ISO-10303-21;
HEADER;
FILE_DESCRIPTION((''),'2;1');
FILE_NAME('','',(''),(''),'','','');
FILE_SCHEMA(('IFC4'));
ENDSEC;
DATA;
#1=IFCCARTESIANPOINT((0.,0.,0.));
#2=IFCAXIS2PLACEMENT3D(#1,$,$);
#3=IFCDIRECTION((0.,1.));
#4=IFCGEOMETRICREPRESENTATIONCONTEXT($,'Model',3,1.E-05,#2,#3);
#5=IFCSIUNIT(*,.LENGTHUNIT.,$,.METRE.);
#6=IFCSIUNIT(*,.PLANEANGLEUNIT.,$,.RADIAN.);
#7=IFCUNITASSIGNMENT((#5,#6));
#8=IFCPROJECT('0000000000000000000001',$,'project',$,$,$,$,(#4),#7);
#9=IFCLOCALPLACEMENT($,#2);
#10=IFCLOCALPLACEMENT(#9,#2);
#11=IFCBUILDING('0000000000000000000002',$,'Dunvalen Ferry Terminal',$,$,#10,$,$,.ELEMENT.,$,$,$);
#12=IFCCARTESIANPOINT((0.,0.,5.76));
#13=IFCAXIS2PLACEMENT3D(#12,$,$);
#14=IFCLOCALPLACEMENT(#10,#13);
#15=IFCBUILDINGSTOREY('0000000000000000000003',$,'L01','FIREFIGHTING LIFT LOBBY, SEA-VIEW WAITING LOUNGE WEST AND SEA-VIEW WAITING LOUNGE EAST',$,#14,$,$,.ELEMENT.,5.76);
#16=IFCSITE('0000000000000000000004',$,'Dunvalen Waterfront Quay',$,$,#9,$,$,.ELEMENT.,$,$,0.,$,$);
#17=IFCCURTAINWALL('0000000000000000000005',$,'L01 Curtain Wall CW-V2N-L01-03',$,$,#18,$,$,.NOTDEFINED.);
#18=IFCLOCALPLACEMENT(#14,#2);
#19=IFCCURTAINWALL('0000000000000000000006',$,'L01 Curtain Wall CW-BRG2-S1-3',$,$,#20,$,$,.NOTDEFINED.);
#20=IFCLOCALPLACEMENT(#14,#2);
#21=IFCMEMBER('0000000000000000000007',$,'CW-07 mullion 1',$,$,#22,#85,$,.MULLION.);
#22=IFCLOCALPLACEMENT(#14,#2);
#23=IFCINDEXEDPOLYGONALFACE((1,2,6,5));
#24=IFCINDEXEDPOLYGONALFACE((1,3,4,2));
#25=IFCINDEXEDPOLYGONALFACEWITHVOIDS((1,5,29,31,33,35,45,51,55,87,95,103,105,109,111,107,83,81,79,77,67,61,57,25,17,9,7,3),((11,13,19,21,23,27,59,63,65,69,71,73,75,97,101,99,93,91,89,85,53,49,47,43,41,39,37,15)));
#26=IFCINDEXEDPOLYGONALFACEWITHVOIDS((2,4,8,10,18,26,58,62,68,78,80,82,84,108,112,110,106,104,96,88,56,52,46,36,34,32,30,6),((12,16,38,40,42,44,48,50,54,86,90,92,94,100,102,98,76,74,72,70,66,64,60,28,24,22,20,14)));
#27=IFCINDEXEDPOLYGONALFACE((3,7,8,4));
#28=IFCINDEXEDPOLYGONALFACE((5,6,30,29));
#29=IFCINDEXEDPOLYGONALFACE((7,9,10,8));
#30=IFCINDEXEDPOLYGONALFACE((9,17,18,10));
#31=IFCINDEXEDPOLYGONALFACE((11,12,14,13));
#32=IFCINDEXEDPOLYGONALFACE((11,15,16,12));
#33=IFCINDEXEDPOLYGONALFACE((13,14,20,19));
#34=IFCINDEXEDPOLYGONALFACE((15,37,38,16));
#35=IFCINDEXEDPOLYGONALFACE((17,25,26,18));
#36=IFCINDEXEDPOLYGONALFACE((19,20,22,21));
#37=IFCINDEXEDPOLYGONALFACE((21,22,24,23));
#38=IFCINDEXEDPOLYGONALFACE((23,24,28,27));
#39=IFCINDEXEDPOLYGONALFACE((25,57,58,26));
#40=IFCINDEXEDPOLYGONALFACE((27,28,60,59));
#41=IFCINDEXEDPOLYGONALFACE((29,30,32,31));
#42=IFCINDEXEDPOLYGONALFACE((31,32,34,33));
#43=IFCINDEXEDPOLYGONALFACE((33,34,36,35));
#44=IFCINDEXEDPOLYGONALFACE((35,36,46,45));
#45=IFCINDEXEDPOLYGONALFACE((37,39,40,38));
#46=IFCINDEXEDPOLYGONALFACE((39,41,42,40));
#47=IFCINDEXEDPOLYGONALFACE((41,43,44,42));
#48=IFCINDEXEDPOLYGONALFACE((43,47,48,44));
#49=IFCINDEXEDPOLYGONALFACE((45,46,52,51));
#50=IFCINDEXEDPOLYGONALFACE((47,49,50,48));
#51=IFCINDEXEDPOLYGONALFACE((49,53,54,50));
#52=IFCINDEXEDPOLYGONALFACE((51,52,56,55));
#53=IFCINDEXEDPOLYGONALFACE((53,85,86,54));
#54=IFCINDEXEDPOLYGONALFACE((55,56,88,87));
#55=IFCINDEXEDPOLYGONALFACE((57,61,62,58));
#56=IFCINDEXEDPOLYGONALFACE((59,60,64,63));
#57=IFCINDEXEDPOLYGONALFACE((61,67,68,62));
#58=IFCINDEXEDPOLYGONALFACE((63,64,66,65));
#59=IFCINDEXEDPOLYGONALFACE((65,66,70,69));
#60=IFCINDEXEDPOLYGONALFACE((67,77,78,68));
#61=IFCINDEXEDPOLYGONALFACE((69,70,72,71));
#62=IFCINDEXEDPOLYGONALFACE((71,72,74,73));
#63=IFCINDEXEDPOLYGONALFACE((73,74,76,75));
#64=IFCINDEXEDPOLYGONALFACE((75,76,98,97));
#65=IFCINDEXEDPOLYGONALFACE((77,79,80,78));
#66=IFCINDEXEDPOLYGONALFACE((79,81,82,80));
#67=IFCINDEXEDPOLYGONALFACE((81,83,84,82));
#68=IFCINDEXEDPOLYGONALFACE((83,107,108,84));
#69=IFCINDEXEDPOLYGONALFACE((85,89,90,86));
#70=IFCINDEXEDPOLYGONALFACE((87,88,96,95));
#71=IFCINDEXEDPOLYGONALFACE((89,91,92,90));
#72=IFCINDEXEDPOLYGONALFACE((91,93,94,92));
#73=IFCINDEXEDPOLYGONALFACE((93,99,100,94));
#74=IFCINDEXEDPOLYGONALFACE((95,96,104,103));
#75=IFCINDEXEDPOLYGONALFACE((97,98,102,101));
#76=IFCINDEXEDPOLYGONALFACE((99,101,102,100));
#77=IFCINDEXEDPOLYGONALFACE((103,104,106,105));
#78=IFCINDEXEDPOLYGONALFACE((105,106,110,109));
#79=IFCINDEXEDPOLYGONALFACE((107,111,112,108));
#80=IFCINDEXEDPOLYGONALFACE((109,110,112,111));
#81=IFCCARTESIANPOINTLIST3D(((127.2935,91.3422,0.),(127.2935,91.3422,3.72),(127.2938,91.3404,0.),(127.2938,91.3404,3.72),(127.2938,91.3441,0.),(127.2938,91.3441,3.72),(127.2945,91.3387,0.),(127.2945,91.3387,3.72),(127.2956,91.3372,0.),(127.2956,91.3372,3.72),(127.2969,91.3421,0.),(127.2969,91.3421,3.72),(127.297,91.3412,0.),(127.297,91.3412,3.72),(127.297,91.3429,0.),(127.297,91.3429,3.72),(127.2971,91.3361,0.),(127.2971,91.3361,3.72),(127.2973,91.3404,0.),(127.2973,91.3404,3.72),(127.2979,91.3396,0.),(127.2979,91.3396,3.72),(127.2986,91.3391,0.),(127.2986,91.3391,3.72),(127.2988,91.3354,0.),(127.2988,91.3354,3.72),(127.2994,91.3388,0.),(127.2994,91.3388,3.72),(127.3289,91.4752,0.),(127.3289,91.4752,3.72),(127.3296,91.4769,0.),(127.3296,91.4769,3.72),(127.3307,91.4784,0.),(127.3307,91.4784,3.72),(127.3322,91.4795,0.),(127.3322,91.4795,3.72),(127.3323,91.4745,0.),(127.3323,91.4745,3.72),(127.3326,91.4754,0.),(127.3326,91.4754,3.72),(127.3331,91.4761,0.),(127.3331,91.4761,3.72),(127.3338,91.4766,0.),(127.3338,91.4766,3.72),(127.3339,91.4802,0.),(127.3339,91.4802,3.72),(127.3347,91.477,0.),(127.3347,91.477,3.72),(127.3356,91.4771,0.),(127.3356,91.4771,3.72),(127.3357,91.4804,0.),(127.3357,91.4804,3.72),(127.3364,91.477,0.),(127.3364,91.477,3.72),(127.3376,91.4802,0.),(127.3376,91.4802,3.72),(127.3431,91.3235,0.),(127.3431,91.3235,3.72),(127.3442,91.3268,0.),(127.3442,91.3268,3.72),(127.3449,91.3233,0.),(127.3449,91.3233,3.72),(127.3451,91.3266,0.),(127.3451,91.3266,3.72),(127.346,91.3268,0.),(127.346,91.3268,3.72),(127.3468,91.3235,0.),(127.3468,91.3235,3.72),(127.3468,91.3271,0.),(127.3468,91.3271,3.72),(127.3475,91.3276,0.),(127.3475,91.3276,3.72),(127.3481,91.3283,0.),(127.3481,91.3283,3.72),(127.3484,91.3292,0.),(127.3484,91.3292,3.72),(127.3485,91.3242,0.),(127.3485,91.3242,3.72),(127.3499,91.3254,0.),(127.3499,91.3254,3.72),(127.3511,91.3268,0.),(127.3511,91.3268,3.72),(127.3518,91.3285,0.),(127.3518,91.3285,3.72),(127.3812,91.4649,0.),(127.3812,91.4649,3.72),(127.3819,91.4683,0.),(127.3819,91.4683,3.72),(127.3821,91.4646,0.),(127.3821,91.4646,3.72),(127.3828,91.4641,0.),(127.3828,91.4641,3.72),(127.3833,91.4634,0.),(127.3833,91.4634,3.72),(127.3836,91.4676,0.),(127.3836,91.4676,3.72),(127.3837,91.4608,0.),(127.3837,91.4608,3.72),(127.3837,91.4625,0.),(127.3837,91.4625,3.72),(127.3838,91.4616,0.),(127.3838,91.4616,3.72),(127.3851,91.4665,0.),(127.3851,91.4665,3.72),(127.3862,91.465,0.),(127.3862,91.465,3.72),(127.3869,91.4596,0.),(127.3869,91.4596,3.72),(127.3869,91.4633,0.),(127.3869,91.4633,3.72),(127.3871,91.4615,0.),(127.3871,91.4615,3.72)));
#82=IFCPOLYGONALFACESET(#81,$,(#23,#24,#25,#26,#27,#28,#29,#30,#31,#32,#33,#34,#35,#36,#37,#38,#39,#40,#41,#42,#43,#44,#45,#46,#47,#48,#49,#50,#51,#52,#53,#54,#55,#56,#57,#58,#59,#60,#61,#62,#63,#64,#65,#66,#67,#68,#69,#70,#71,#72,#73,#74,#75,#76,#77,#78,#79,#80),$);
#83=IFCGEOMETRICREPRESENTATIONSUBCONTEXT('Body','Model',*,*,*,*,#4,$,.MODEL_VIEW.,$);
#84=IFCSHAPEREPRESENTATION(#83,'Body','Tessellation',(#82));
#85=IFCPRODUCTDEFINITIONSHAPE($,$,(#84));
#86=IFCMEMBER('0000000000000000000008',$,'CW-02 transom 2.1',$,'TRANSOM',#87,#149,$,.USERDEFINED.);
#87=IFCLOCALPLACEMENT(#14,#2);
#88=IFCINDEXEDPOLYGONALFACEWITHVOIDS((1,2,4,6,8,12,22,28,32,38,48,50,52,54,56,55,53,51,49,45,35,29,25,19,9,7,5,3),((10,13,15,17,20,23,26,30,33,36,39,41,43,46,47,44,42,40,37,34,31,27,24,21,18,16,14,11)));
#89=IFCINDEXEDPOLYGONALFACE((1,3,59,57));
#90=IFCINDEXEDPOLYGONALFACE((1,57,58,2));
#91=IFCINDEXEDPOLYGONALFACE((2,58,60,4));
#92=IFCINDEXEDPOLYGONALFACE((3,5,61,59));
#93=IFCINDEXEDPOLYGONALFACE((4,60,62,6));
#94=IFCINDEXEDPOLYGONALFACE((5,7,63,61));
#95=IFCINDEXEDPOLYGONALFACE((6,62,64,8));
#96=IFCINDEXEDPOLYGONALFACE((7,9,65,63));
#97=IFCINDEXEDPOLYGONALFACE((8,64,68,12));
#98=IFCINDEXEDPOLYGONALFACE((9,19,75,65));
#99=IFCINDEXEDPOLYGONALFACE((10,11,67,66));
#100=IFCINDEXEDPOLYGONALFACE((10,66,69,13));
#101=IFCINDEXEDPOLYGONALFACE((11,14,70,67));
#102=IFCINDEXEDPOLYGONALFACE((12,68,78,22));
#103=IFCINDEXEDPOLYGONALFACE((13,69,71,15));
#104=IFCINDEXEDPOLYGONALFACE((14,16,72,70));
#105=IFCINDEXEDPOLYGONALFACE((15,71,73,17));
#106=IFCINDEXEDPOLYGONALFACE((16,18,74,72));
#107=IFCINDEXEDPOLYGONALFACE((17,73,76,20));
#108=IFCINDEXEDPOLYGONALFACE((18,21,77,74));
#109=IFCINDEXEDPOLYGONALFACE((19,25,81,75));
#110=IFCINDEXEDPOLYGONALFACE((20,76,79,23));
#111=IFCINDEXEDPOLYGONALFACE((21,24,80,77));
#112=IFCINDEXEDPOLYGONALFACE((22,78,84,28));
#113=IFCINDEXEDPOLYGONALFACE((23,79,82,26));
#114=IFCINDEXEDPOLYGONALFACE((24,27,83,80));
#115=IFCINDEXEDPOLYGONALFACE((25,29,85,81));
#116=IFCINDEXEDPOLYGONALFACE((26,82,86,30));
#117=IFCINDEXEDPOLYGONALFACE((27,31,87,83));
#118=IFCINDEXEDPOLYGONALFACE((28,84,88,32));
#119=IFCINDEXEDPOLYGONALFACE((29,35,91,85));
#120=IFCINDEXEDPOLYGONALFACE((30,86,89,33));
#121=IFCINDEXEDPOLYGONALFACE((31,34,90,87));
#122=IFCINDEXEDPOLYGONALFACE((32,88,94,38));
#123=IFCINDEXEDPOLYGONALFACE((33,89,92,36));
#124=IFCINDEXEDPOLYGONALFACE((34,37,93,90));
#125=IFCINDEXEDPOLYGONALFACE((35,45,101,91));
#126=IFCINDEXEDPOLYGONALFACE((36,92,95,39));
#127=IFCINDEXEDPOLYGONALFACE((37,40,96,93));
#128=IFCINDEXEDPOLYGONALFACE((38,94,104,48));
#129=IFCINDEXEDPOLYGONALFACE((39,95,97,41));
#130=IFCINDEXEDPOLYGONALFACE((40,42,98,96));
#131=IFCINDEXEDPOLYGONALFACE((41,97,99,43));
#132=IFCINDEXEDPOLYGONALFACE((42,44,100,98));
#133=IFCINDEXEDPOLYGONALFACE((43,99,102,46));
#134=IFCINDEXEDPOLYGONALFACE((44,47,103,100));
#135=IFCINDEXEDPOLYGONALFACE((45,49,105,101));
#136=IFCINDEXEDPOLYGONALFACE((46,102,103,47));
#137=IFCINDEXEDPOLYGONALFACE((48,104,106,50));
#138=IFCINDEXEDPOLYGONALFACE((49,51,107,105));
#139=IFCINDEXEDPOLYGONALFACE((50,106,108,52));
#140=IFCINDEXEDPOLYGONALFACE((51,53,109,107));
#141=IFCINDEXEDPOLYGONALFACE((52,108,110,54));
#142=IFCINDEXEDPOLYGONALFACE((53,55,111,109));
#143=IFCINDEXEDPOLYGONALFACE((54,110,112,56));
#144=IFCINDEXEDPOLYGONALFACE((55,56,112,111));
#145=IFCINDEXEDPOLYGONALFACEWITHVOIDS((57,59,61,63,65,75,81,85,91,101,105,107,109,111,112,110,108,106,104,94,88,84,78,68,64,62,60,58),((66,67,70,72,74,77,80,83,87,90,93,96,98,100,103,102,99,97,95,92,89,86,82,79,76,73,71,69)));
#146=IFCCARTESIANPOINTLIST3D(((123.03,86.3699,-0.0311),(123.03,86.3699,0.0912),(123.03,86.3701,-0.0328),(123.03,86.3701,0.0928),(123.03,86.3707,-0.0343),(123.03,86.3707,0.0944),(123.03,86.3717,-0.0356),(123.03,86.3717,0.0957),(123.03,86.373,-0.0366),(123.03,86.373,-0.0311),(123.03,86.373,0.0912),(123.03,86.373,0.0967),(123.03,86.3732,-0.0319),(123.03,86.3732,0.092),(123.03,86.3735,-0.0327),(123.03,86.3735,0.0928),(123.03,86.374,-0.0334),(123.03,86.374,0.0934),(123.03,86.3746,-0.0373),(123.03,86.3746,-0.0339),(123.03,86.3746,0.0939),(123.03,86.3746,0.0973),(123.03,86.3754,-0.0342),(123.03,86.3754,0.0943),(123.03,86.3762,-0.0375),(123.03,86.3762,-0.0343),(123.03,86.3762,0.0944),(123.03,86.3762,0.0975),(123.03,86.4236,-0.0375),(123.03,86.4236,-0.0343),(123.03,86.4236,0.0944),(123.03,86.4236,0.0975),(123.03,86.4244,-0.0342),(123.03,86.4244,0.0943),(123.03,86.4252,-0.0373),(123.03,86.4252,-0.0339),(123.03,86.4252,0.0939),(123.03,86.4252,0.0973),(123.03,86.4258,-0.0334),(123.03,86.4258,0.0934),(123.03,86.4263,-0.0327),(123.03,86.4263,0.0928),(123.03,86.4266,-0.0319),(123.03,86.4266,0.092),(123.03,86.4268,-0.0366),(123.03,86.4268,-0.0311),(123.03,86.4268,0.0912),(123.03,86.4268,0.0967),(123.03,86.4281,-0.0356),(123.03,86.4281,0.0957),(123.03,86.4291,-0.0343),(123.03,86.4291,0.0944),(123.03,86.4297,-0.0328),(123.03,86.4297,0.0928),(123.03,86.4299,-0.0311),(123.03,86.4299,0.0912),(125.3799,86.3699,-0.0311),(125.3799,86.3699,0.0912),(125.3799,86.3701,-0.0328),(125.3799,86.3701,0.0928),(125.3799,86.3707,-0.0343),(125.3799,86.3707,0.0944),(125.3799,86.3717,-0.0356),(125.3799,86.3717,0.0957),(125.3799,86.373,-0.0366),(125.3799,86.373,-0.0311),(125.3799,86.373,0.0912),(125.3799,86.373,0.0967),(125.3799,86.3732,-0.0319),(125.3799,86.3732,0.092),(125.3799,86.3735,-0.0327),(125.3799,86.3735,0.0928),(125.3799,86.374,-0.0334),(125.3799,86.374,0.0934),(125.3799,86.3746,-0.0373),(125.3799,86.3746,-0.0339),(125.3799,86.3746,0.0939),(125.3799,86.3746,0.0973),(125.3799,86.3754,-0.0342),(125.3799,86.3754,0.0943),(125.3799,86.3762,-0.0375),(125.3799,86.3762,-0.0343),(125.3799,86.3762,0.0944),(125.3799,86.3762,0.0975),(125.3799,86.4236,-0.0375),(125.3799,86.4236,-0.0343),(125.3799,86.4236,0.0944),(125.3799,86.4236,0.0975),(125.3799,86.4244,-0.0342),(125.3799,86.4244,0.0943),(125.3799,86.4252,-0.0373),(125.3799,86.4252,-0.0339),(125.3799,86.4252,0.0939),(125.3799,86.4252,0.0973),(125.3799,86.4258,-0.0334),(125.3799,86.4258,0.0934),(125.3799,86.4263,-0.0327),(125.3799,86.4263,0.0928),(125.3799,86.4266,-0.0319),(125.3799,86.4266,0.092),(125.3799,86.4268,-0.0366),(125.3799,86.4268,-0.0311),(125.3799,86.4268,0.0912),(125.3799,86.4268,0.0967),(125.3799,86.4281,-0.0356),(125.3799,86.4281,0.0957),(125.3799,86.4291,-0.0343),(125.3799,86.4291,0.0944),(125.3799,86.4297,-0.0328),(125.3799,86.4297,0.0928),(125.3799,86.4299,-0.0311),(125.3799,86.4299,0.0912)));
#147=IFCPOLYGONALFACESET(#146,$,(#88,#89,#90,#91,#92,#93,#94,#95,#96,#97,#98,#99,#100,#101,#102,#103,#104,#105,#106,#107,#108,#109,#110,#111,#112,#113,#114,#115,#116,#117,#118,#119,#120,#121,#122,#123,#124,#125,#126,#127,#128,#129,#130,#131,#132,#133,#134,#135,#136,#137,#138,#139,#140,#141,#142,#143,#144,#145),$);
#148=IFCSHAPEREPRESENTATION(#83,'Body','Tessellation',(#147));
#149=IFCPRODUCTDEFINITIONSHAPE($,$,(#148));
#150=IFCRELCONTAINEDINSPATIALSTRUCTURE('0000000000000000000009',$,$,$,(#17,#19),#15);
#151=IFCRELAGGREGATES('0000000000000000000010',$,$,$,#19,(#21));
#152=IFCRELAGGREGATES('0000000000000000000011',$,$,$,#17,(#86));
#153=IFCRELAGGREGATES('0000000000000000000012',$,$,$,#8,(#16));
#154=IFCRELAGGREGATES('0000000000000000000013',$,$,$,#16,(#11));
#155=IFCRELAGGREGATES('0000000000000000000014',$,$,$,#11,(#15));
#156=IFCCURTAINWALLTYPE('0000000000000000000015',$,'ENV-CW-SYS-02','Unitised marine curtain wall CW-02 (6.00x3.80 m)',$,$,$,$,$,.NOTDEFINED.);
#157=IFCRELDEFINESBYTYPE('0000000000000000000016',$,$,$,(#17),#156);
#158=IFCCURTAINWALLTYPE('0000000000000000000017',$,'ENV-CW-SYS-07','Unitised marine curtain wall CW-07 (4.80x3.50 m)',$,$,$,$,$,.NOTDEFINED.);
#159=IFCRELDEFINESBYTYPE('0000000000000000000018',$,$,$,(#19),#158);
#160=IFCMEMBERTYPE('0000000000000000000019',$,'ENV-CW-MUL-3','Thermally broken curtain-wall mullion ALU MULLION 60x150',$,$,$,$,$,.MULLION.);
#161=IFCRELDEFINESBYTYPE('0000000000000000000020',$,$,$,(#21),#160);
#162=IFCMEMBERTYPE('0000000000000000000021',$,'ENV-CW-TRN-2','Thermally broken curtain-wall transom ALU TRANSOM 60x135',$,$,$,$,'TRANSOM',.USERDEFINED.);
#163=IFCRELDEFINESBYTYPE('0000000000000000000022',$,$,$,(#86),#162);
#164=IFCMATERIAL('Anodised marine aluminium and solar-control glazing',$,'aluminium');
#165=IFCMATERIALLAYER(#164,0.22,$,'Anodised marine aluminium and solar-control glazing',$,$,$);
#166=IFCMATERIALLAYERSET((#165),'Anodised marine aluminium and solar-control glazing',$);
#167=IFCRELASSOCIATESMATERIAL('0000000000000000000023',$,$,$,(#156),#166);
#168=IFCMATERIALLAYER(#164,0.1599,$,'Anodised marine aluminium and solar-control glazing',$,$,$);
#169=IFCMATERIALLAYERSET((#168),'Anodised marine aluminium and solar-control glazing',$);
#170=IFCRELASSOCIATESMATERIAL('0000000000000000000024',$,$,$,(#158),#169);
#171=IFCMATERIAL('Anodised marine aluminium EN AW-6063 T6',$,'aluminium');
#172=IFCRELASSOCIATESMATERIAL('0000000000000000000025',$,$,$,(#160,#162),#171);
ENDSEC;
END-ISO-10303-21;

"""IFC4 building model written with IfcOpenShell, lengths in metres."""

from ifc_helpers import new_model, si_unit, direction, frame, origin, origin_2d, place, context, subcontext, project, spatial, hollow_rectangle, extrude, material, layer, layer_set, material_profile, profile_set, type_object, element, aggregate, save


model = new_model("IFC4")

# Units and contexts
model_context = context("Model", 3, precision=1e-05, world=origin(), true_north=direction((0.0, 1.0)))
body_context = subcontext(model_context, "Body", "Model", "MODEL_VIEW")
ifc_project = project(units=[si_unit("LENGTHUNIT", "METRE"), si_unit("PLANEANGLEUNIT", "RADIAN")], contexts=[model_context])

# Site, building, storey
site_placement = place(None, origin())
site = spatial("IfcSite", under=ifc_project, at=site_placement, Name="Dunvalen Waterfront Quay", CompositionType="ELEMENT", RefElevation=0.0)
building_placement = place(site_placement, origin())
building = spatial("IfcBuilding", under=site, at=building_placement, Name="Dunvalen Ferry Terminal", CompositionType="ELEMENT")
storey_placement = place(building_placement, frame((0.0, 0.0, 5.76)))
storey = spatial("IfcBuildingStorey", under=building, at=storey_placement, Name="L01", Description="FIREFIGHTING LIFT LOBBY, SEA-VIEW WAITING LOUNGE WEST AND SEA-VIEW WAITING LOUNGE EAST", CompositionType="ELEMENT", Elevation=5.76)

# Curtain wall
ifc_material_1 = material(Name="Anodised marine aluminium and solar-control glazing", Category="aluminium")
ifc_layer_1 = layer(ifc_material_1, 0.22, Name="Anodised marine aluminium and solar-control glazing")
ifc_layer_set_1 = layer_set([ifc_layer_1], Name="Anodised marine aluminium and solar-control glazing")
curtain_wall_type_1 = type_object("IfcCurtainWallType", Name="ENV-CW-SYS-02", Description="Unitised marine curtain wall CW-02 (6.00x3.80 m)", PredefinedType="NOTDEFINED", material=ifc_layer_set_1)
curtain_wall_1_placement = place(storey_placement, origin())
curtain_wall_1 = element("IfcCurtainWall", 1, at=curtain_wall_1_placement, inside=storey, type_object=curtain_wall_type_1, Name="L01 Curtain Wall CW-V2N-L01-03", PredefinedType="NOTDEFINED")
ifc_material_2 = material(Name="Anodised marine aluminium EN AW-6063 T6", Category="aluminium")
ifc_layer_2 = layer(ifc_material_1, 0.1599, Name="Anodised marine aluminium and solar-control glazing")
ifc_layer_set_2 = layer_set([ifc_layer_2], Name="Anodised marine aluminium and solar-control glazing")
curtain_wall_type_2 = type_object("IfcCurtainWallType", Name="ENV-CW-SYS-07", Description="Unitised marine curtain wall CW-07 (4.80x3.50 m)", PredefinedType="NOTDEFINED", material=ifc_layer_set_2)
ifc_material_profile_1 = material_profile(ifc_material_2, hollow_rectangle(XDim=0.0601, YDim=0.1499, WallThickness=0.0034, InnerFilletRadius=0.0034, OuterFilletRadius=0.0071, at=origin_2d()), Name="Anodised marine aluminium EN AW-6063 T6")
ifc_profile_set_1 = profile_set([ifc_material_profile_1], Name="Anodised marine aluminium EN AW-6063 T6")
member_type_1 = type_object("IfcMemberType", Name="ENV-CW-MUL-3", Description="Thermally broken curtain-wall mullion ALU MULLION 60x150", PredefinedType="MULLION", material=ifc_profile_set_1)

# Curtain wall, member
curtain_wall_2_placement = place(storey_placement, origin())
curtain_wall_2 = element("IfcCurtainWall", 2, at=curtain_wall_2_placement, inside=storey, type_object=curtain_wall_type_2, Name="L01 Curtain Wall CW-BRG2-S1-3", PredefinedType="NOTDEFINED")
member_1_placement = place(storey_placement, frame((127.3403, 91.4019, 0.0), z_axis=(0.0, 0.0, 1.0), x_axis=(-0.965935, 0.258786, 0.0)))
member_1 = element("IfcMember", 3, at=member_1_placement, type_object=member_type_1, Name="CW-07 mullion 1", PredefinedType="MULLION", context=body_context, shape_type="SweptSolid", body=[
    extrude(hollow_rectangle(XDim=0.0601, YDim=0.1499, WallThickness=0.0034, InnerFilletRadius=0.0034, OuterFilletRadius=0.0071, at=origin_2d()), origin(), (0.0, 0.0, 1.0), 3.72),
])
aggregate(curtain_wall_2, [member_1])

# Member
ifc_material_profile_2 = material_profile(ifc_material_2, hollow_rectangle(XDim=0.0601, YDim=0.135, WallThickness=0.0032, InnerFilletRadius=0.0032, OuterFilletRadius=0.0063, at=origin_2d()), Name="Anodised marine aluminium EN AW-6063 T6")
ifc_profile_set_2 = profile_set([ifc_material_profile_2], Name="Anodised marine aluminium EN AW-6063 T6")
member_type_2 = type_object("IfcMemberType", Name="ENV-CW-TRN-2", Description="Thermally broken curtain-wall transom ALU TRANSOM 60x135", ElementType="TRANSOM", PredefinedType="USERDEFINED", material=ifc_profile_set_2)
member_2_placement = place(storey_placement, frame((123.03, 86.3999, 0.03), z_axis=(1.0, 0.0, 0.0), x_axis=(0.0, 1.0, 0.0)))
member_2 = element("IfcMember", 4, at=member_2_placement, type_object=member_type_2, Name="CW-02 transom 2.1", ObjectType="TRANSOM", PredefinedType="USERDEFINED", context=body_context, shape_type="SweptSolid", body=[
    extrude(hollow_rectangle(XDim=0.0601, YDim=0.135, WallThickness=0.0032, InnerFilletRadius=0.0032, OuterFilletRadius=0.0063, at=origin_2d()), origin(), (0.0, 0.0, 1.0), 2.3499),
])

aggregate(curtain_wall_1, [member_2])

save(model, "model.ifc")
